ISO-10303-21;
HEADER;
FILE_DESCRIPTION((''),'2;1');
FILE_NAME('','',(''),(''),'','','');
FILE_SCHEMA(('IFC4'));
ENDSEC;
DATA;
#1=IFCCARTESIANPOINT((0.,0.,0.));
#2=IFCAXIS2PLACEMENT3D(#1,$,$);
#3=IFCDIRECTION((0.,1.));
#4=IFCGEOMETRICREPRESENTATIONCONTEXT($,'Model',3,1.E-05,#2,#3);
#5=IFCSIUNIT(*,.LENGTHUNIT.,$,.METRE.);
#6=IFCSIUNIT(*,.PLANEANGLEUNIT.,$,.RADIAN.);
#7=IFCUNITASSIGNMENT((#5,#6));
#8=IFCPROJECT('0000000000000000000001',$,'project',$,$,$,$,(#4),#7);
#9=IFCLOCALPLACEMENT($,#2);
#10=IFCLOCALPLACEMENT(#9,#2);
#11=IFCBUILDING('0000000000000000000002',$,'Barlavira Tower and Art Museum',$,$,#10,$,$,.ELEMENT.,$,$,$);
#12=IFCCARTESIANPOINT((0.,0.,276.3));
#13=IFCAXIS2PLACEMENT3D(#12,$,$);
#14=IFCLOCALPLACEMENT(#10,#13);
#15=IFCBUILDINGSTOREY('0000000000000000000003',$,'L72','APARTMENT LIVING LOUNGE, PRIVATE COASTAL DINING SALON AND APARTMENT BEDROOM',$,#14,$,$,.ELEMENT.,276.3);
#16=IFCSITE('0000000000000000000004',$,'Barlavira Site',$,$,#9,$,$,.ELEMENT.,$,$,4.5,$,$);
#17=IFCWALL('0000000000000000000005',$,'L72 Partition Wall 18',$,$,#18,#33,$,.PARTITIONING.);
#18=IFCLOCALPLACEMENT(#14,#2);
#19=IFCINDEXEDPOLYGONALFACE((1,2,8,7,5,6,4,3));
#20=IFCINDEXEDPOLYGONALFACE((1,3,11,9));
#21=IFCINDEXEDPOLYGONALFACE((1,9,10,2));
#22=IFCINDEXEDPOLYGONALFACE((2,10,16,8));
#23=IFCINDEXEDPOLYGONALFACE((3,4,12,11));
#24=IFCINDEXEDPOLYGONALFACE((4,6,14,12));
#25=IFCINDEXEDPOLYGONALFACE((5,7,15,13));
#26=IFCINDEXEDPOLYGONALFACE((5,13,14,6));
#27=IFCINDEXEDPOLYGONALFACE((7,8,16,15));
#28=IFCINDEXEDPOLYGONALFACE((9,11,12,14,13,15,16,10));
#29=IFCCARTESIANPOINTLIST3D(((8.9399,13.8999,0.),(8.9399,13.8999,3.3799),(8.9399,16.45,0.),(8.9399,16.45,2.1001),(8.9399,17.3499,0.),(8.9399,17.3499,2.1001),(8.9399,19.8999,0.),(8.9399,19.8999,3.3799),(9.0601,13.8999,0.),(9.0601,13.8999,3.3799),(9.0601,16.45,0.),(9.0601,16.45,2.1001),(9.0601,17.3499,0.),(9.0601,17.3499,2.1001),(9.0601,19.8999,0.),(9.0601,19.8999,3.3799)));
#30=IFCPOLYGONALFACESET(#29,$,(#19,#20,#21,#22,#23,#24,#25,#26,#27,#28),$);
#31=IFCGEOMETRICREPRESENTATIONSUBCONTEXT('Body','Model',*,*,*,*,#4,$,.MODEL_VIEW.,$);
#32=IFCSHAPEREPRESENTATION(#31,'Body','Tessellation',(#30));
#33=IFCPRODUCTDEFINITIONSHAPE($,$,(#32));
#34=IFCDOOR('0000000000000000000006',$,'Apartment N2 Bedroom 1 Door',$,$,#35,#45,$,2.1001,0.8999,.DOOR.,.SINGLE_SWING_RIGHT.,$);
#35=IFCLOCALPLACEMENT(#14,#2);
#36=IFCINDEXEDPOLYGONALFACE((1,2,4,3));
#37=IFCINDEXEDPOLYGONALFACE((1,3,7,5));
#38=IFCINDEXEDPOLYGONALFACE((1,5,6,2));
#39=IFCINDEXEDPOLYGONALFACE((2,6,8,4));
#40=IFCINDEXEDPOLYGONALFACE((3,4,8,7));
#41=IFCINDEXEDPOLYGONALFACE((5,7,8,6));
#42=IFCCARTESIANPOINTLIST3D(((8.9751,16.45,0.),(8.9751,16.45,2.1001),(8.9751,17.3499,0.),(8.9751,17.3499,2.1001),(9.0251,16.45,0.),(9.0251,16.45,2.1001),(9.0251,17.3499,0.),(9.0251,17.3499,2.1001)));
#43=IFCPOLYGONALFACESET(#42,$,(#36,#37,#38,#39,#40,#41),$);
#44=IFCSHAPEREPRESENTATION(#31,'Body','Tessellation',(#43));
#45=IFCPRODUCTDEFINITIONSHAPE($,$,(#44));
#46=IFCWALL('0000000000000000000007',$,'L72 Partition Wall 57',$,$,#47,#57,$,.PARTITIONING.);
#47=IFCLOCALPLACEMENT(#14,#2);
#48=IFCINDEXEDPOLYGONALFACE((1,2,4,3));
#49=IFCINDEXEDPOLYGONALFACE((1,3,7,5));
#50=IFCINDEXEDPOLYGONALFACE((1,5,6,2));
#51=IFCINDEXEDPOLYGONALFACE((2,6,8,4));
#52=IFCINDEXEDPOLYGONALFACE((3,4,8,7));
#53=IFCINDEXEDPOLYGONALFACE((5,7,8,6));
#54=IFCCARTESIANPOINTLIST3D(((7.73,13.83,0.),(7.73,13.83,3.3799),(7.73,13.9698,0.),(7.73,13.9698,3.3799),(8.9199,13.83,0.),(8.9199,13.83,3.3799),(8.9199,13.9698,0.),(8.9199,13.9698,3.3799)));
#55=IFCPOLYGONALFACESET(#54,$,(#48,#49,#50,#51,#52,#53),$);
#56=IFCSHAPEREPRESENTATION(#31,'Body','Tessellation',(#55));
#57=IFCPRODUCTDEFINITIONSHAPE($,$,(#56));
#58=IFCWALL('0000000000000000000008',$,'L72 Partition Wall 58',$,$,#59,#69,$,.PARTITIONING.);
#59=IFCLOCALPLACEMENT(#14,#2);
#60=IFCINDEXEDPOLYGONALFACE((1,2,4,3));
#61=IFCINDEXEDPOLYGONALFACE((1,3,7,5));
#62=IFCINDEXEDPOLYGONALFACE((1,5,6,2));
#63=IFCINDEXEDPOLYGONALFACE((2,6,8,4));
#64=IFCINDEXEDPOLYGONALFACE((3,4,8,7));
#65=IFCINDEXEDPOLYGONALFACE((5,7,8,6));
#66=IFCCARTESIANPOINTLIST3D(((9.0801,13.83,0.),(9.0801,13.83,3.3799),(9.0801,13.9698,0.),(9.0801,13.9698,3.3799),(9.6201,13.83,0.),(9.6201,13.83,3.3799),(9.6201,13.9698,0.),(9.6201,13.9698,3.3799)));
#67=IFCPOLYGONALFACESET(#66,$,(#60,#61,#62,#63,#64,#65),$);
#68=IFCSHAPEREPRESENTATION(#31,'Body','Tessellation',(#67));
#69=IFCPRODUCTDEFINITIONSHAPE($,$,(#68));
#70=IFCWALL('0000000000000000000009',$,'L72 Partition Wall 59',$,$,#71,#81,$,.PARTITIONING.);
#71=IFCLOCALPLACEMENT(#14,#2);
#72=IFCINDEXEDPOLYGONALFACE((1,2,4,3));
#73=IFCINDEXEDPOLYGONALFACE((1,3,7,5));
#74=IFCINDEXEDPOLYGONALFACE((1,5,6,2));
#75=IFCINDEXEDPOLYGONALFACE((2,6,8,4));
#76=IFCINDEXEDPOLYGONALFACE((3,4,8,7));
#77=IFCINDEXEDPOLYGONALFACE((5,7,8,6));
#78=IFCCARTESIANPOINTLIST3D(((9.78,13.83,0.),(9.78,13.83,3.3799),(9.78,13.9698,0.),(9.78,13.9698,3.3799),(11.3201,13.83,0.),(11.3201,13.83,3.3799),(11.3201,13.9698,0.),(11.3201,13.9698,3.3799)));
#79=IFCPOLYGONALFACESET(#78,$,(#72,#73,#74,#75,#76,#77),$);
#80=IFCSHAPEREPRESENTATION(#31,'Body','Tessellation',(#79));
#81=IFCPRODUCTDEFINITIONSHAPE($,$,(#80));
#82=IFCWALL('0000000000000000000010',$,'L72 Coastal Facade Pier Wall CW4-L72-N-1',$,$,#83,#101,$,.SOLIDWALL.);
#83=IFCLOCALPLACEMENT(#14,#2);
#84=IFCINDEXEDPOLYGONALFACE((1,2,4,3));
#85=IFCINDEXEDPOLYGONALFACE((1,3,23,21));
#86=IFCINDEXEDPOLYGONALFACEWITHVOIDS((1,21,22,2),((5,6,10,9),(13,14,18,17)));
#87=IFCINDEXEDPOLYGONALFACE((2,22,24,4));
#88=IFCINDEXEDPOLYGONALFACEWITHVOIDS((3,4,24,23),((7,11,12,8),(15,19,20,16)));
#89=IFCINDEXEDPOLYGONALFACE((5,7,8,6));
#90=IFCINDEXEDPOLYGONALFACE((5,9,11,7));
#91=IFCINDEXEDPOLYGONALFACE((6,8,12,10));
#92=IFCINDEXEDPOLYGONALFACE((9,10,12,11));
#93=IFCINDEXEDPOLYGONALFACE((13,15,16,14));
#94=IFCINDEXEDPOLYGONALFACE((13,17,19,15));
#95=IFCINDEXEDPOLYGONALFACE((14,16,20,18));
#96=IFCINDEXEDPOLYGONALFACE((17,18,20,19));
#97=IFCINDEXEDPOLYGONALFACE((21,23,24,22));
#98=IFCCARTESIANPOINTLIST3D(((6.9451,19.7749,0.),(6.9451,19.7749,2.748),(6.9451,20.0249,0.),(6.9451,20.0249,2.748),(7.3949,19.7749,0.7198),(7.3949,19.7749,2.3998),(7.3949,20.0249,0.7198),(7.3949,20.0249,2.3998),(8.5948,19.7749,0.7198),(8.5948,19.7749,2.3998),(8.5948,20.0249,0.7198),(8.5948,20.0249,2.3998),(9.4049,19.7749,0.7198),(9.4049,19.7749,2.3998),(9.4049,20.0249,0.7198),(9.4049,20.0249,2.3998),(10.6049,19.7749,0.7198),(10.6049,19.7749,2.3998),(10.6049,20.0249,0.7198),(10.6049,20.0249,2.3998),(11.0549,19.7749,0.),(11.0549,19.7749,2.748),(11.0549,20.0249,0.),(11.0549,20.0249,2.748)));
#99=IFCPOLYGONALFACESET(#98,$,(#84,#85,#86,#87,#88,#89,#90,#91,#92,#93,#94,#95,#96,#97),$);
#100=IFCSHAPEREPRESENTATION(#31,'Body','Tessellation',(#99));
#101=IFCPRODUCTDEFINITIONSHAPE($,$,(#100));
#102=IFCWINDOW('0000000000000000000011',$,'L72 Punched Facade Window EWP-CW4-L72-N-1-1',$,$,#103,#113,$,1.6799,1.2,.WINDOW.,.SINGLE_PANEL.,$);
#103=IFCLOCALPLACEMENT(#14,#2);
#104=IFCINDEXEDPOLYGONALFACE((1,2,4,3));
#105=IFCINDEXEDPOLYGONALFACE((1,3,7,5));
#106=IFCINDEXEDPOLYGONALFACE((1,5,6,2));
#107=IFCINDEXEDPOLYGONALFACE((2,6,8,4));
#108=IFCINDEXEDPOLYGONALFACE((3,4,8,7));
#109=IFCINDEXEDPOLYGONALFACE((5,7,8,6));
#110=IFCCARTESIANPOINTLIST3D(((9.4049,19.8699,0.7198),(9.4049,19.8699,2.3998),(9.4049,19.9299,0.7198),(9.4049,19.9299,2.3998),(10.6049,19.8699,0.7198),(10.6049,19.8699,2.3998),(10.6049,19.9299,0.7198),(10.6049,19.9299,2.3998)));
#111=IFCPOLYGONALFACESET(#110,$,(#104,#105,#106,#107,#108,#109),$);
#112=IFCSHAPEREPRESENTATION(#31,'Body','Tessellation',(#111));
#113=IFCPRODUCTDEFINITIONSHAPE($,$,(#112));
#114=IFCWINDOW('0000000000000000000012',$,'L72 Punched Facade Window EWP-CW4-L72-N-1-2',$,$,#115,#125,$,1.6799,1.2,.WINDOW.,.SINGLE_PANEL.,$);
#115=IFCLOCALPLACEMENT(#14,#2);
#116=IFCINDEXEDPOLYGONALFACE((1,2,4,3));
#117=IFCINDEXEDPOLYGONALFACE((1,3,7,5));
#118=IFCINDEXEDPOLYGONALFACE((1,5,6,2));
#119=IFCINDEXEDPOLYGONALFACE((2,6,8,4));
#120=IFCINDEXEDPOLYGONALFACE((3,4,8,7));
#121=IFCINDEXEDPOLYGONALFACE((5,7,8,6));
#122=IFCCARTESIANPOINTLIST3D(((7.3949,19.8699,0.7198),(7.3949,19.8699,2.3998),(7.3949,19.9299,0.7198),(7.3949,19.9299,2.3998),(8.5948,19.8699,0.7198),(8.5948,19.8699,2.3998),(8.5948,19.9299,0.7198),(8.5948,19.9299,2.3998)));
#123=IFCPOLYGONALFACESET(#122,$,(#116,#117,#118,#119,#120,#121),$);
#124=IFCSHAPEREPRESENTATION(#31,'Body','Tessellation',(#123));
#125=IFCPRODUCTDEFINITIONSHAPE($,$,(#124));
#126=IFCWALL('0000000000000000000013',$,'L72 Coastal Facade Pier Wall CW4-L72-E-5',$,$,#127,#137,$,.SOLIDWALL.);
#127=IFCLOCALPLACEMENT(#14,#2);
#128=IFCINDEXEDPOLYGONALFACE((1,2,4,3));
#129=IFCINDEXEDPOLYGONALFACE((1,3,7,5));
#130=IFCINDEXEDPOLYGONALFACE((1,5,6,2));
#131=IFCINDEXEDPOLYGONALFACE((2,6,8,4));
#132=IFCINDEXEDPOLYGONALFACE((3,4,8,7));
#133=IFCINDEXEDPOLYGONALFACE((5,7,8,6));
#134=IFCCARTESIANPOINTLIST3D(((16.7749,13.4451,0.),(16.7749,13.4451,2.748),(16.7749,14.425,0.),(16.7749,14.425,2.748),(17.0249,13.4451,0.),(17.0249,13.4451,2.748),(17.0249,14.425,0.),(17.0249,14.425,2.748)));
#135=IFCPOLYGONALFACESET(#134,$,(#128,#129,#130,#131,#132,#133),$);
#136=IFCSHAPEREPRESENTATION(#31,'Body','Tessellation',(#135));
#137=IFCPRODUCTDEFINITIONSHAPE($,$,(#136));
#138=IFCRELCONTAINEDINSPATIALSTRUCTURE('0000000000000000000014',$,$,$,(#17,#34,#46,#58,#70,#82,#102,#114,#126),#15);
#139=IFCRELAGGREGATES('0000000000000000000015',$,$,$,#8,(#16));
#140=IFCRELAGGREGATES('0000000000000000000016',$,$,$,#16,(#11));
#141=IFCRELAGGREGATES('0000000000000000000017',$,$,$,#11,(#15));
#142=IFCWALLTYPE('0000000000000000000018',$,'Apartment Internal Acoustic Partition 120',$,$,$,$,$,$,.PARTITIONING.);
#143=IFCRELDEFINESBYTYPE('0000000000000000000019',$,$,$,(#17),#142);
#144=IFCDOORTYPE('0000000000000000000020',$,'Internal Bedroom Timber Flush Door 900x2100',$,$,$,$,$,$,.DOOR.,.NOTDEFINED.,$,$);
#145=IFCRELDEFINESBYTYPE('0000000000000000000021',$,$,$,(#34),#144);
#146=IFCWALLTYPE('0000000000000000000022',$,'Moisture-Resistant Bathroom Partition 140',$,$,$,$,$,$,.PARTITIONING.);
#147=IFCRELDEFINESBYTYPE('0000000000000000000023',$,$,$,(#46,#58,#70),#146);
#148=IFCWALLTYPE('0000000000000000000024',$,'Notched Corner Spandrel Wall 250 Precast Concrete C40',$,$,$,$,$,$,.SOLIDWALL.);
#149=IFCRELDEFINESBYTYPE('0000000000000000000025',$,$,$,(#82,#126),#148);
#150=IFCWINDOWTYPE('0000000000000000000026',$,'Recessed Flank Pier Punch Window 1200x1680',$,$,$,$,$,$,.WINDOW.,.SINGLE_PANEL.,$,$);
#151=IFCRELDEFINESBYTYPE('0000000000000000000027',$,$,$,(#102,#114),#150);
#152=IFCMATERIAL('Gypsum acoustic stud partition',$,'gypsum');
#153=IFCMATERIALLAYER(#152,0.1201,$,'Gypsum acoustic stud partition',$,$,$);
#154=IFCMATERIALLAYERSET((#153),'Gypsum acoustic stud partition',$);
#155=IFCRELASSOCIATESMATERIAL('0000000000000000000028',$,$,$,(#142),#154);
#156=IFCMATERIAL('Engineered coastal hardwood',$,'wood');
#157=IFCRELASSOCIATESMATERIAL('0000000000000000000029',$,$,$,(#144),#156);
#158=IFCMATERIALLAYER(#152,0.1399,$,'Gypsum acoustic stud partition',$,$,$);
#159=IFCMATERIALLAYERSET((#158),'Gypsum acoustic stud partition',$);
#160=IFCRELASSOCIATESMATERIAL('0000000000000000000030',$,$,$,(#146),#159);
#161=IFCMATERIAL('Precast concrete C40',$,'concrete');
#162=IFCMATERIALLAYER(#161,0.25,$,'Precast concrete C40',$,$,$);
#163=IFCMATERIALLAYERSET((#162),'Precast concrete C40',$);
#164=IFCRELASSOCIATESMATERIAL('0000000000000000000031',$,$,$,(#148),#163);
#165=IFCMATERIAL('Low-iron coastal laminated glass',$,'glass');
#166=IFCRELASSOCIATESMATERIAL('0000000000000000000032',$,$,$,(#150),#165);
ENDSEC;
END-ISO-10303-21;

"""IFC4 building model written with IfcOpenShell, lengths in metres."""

from ifc_helpers import new_model, si_unit, direction, frame, frame_2d, origin, place, context, subcontext, project, spatial, rectangle, extrude, material, layer, layer_set, type_object, element, fill, save


model = new_model("IFC4")

# Units and contexts
model_context = context("Model", 3, precision=1e-05, world=origin(), true_north=direction((0.0, 1.0)))
body_context = subcontext(model_context, "Body", "Model", "MODEL_VIEW")
ifc_project = project(units=[si_unit("LENGTHUNIT", "METRE"), si_unit("PLANEANGLEUNIT", "RADIAN")], contexts=[model_context])

# Site, building, storey
site_placement = place(None, origin())
site = spatial("IfcSite", under=ifc_project, at=site_placement, Name="Barlavira Site", CompositionType="ELEMENT", RefElevation=4.5)
building_placement = place(site_placement, origin())
building = spatial("IfcBuilding", under=site, at=building_placement, Name="Barlavira Tower and Art Museum", CompositionType="ELEMENT")
storey_placement = place(building_placement, frame((0.0, 0.0, 276.3)))
storey = spatial("IfcBuildingStorey", under=building, at=storey_placement, Name="L72", Description="APARTMENT LIVING LOUNGE, PRIVATE COASTAL DINING SALON AND APARTMENT BEDROOM", CompositionType="ELEMENT", Elevation=276.3)

# Shared definitions
ifc_material_1 = material(Name="Low-iron coastal laminated glass", Category="glass")

# Wall, opening, door
ifc_material_2 = material(Name="Gypsum acoustic stud partition", Category="gypsum")
ifc_layer_1 = layer(ifc_material_2, 0.1201, Name="Gypsum acoustic stud partition")
ifc_layer_set_1 = layer_set([ifc_layer_1], Name="Gypsum acoustic stud partition")
wall_type_1 = type_object("IfcWallType", Name="Apartment Internal Acoustic Partition 120", PredefinedType="PARTITIONING", material=ifc_layer_set_1)
wall_1_placement = place(storey_placement, frame((9.0, 13.8999, 0.0), z_axis=(0.0, 0.0, 1.0), x_axis=(0.0, 1.0, 0.0)))
wall_1 = element("IfcWall", 1, at=wall_1_placement, inside=storey, type_object=wall_type_1, Name="L72 Partition Wall 18", PredefinedType="PARTITIONING", context=body_context, shape_type="SweptSolid", body=[
    extrude(rectangle(XDim=6.0, YDim=0.1201, at=frame_2d((3.0, 0.0))), origin(), (0.0, 0.0, 1.0), 3.3799),
])
opening_1_placement = place(wall_1_placement, frame((2.55, 0.0, 0.0)))
opening_1 = element("IfcOpeningElement", 2, at=opening_1_placement, cuts=wall_1, PredefinedType="OPENING", context=body_context, shape_type="SweptSolid", body=[
    extrude(rectangle(XDim=0.8999, YDim=2.1001, at=frame_2d((0.45, 1.05))), frame((0.0, 0.0701, 0.0), z_axis=(0.0, -1.0, 0.0), x_axis=(1.0, 0.0, 0.0)), (0.0, 0.0, 1.0), 0.1401),
])
ifc_material_3 = material(Name="Engineered coastal hardwood", Category="wood")
door_type = type_object("IfcDoorType", Name="Internal Bedroom Timber Flush Door 900x2100", OperationType="NOTDEFINED", PredefinedType="DOOR", material=ifc_material_3)
door_placement = place(opening_1_placement, origin())
door = element("IfcDoor", 3, at=door_placement, inside=storey, type_object=door_type, Name="Apartment N2 Bedroom 1 Door", OperationType="SINGLE_SWING_RIGHT", OverallHeight=2.1001, OverallWidth=0.8999, PredefinedType="DOOR", context=body_context, shape_type="SweptSolid", body=[
    extrude(rectangle(XDim=0.8999, YDim=2.1001, at=frame_2d((0.45, 1.05))), frame((0.0, 0.0249, 0.0), z_axis=(0.0, -1.0, 0.0), x_axis=(1.0, 0.0, 0.0)), (0.0, 0.0, 1.0), 0.05),
])
fill(opening_1, door)

# Walls
ifc_layer_2 = layer(ifc_material_2, 0.1399, Name="Gypsum acoustic stud partition")
ifc_layer_set_2 = layer_set([ifc_layer_2], Name="Gypsum acoustic stud partition")
wall_type_2 = type_object("IfcWallType", Name="Moisture-Resistant Bathroom Partition 140", PredefinedType="PARTITIONING", material=ifc_layer_set_2)
wall_2_placement = place(storey_placement, frame((7.73, 13.8999, 0.0), z_axis=(0.0, 0.0, 1.0), x_axis=(1.0, 0.0, 0.0)))
element("IfcWall", 4, at=wall_2_placement, inside=storey, type_object=wall_type_2, Name="L72 Partition Wall 57", PredefinedType="PARTITIONING", context=body_context, shape_type="SweptSolid", body=[
    extrude(rectangle(XDim=1.1899, YDim=0.1399, at=frame_2d((0.595, 0.0))), origin(), (0.0, 0.0, 1.0), 3.3799),
])
wall_3_placement = place(storey_placement, frame((9.0801, 13.8999, 0.0), z_axis=(0.0, 0.0, 1.0), x_axis=(1.0, 0.0, 0.0)))
element("IfcWall", 5, at=wall_3_placement, inside=storey, type_object=wall_type_2, Name="L72 Partition Wall 58", PredefinedType="PARTITIONING", context=body_context, shape_type="SweptSolid", body=[
    extrude(rectangle(XDim=0.54, YDim=0.1399, at=frame_2d((0.27, 0.0))), origin(), (0.0, 0.0, 1.0), 3.3799),
])
wall_4_placement = place(storey_placement, frame((9.78, 13.8999, 0.0), z_axis=(0.0, 0.0, 1.0), x_axis=(1.0, 0.0, 0.0)))
element("IfcWall", 6, at=wall_4_placement, inside=storey, type_object=wall_type_2, Name="L72 Partition Wall 59", PredefinedType="PARTITIONING", context=body_context, shape_type="SweptSolid", body=[
    extrude(rectangle(XDim=1.54, YDim=0.1399, at=frame_2d((0.77, 0.0))), origin(), (0.0, 0.0, 1.0), 3.3799),
])

# Wall, openings, windows
ifc_material_4 = material(Name="Precast concrete C40", Category="concrete")
ifc_layer_3 = layer(ifc_material_4, 0.25, Name="Precast concrete C40")
ifc_layer_set_3 = layer_set([ifc_layer_3], Name="Precast concrete C40")
wall_type_3 = type_object("IfcWallType", Name="Notched Corner Spandrel Wall 250 Precast Concrete C40", PredefinedType="SOLIDWALL", material=ifc_layer_set_3)
wall_5_placement = place(storey_placement, frame((11.0549, 19.8999, 0.0), z_axis=(0.0, 0.0, 1.0), x_axis=(-1.0, 0.0, 0.0)))
wall_5 = element("IfcWall", 7, at=wall_5_placement, inside=storey, type_object=wall_type_3, Name="L72 Coastal Facade Pier Wall CW4-L72-N-1", PredefinedType="SOLIDWALL", context=body_context, shape_type="SweptSolid", body=[
    extrude(rectangle(XDim=4.1099, YDim=0.25, at=frame_2d((2.0549, 0.0))), origin(), (0.0, 0.0, 1.0), 2.748),
])
opening_2_placement = place(wall_5_placement, frame((0.45, 0.0, 0.72)))
opening_2 = element("IfcOpeningElement", 8, at=opening_2_placement, cuts=wall_5, PredefinedType="OPENING", context=body_context, shape_type="SweptSolid", body=[
    extrude(rectangle(XDim=1.2, YDim=1.6799, at=frame_2d((0.6001, 0.8398))), frame((0.0, 0.135, 0.0), z_axis=(0.0, -1.0, 0.0), x_axis=(1.0, 0.0, 0.0)), (0.0, 0.0, 1.0), 0.27),
])
opening_3_placement = place(wall_5_placement, frame((2.46, 0.0, 0.72)))
opening_3 = element("IfcOpeningElement", 9, at=opening_3_placement, cuts=wall_5, PredefinedType="OPENING", context=body_context, shape_type="SweptSolid", body=[
    extrude(rectangle(XDim=1.2, YDim=1.6799, at=frame_2d((0.6001, 0.8398))), frame((0.0, 0.135, 0.0), z_axis=(0.0, -1.0, 0.0), x_axis=(1.0, 0.0, 0.0)), (0.0, 0.0, 1.0), 0.27),
])
window_type_1 = type_object("IfcWindowType", Name="Recessed Flank Pier Punch Window 1200x1680", PartitioningType="SINGLE_PANEL", PredefinedType="WINDOW", material=ifc_material_1)
window_1_placement = place(opening_2_placement, origin())
window_1 = element("IfcWindow", 10, at=window_1_placement, inside=storey, type_object=window_type_1, Name="L72 Punched Facade Window EWP-CW4-L72-N-1-1", OverallHeight=1.6799, OverallWidth=1.2, PartitioningType="SINGLE_PANEL", PredefinedType="WINDOW", context=body_context, shape_type="SweptSolid", body=[
    extrude(rectangle(XDim=1.2, YDim=1.6799, at=frame_2d((0.6001, 0.8398))), frame((0.0, 0.03, 0.0), z_axis=(0.0, -1.0, 0.0), x_axis=(1.0, 0.0, 0.0)), (0.0, 0.0, 1.0), 0.0601),
])
fill(opening_2, window_1)
window_2_placement = place(opening_3_placement, origin())
window_2 = element("IfcWindow", 11, at=window_2_placement, inside=storey, type_object=window_type_1, Name="L72 Punched Facade Window EWP-CW4-L72-N-1-2", OverallHeight=1.6799, OverallWidth=1.2, PartitioningType="SINGLE_PANEL", PredefinedType="WINDOW", context=body_context, shape_type="SweptSolid", body=[
    extrude(rectangle(XDim=1.2, YDim=1.6799, at=frame_2d((0.6001, 0.8398))), frame((0.0, 0.03, 0.0), z_axis=(0.0, -1.0, 0.0), x_axis=(1.0, 0.0, 0.0)), (0.0, 0.0, 1.0), 0.0601),
])
fill(opening_3, window_2)

# Wall
wall_6_placement = place(storey_placement, frame((16.8999, 13.4451, 0.0), z_axis=(0.0, 0.0, 1.0), x_axis=(0.0, 1.0, 0.0)))
element("IfcWall", 12, at=wall_6_placement, inside=storey, type_object=wall_type_3, Name="L72 Coastal Facade Pier Wall CW4-L72-E-5", PredefinedType="SOLIDWALL", context=body_context, shape_type="SweptSolid", body=[
    extrude(rectangle(XDim=0.98, YDim=0.25, at=frame_2d((0.49, 0.0))), origin(), (0.0, 0.0, 1.0), 2.748),
])

save(model, "model.ifc")
